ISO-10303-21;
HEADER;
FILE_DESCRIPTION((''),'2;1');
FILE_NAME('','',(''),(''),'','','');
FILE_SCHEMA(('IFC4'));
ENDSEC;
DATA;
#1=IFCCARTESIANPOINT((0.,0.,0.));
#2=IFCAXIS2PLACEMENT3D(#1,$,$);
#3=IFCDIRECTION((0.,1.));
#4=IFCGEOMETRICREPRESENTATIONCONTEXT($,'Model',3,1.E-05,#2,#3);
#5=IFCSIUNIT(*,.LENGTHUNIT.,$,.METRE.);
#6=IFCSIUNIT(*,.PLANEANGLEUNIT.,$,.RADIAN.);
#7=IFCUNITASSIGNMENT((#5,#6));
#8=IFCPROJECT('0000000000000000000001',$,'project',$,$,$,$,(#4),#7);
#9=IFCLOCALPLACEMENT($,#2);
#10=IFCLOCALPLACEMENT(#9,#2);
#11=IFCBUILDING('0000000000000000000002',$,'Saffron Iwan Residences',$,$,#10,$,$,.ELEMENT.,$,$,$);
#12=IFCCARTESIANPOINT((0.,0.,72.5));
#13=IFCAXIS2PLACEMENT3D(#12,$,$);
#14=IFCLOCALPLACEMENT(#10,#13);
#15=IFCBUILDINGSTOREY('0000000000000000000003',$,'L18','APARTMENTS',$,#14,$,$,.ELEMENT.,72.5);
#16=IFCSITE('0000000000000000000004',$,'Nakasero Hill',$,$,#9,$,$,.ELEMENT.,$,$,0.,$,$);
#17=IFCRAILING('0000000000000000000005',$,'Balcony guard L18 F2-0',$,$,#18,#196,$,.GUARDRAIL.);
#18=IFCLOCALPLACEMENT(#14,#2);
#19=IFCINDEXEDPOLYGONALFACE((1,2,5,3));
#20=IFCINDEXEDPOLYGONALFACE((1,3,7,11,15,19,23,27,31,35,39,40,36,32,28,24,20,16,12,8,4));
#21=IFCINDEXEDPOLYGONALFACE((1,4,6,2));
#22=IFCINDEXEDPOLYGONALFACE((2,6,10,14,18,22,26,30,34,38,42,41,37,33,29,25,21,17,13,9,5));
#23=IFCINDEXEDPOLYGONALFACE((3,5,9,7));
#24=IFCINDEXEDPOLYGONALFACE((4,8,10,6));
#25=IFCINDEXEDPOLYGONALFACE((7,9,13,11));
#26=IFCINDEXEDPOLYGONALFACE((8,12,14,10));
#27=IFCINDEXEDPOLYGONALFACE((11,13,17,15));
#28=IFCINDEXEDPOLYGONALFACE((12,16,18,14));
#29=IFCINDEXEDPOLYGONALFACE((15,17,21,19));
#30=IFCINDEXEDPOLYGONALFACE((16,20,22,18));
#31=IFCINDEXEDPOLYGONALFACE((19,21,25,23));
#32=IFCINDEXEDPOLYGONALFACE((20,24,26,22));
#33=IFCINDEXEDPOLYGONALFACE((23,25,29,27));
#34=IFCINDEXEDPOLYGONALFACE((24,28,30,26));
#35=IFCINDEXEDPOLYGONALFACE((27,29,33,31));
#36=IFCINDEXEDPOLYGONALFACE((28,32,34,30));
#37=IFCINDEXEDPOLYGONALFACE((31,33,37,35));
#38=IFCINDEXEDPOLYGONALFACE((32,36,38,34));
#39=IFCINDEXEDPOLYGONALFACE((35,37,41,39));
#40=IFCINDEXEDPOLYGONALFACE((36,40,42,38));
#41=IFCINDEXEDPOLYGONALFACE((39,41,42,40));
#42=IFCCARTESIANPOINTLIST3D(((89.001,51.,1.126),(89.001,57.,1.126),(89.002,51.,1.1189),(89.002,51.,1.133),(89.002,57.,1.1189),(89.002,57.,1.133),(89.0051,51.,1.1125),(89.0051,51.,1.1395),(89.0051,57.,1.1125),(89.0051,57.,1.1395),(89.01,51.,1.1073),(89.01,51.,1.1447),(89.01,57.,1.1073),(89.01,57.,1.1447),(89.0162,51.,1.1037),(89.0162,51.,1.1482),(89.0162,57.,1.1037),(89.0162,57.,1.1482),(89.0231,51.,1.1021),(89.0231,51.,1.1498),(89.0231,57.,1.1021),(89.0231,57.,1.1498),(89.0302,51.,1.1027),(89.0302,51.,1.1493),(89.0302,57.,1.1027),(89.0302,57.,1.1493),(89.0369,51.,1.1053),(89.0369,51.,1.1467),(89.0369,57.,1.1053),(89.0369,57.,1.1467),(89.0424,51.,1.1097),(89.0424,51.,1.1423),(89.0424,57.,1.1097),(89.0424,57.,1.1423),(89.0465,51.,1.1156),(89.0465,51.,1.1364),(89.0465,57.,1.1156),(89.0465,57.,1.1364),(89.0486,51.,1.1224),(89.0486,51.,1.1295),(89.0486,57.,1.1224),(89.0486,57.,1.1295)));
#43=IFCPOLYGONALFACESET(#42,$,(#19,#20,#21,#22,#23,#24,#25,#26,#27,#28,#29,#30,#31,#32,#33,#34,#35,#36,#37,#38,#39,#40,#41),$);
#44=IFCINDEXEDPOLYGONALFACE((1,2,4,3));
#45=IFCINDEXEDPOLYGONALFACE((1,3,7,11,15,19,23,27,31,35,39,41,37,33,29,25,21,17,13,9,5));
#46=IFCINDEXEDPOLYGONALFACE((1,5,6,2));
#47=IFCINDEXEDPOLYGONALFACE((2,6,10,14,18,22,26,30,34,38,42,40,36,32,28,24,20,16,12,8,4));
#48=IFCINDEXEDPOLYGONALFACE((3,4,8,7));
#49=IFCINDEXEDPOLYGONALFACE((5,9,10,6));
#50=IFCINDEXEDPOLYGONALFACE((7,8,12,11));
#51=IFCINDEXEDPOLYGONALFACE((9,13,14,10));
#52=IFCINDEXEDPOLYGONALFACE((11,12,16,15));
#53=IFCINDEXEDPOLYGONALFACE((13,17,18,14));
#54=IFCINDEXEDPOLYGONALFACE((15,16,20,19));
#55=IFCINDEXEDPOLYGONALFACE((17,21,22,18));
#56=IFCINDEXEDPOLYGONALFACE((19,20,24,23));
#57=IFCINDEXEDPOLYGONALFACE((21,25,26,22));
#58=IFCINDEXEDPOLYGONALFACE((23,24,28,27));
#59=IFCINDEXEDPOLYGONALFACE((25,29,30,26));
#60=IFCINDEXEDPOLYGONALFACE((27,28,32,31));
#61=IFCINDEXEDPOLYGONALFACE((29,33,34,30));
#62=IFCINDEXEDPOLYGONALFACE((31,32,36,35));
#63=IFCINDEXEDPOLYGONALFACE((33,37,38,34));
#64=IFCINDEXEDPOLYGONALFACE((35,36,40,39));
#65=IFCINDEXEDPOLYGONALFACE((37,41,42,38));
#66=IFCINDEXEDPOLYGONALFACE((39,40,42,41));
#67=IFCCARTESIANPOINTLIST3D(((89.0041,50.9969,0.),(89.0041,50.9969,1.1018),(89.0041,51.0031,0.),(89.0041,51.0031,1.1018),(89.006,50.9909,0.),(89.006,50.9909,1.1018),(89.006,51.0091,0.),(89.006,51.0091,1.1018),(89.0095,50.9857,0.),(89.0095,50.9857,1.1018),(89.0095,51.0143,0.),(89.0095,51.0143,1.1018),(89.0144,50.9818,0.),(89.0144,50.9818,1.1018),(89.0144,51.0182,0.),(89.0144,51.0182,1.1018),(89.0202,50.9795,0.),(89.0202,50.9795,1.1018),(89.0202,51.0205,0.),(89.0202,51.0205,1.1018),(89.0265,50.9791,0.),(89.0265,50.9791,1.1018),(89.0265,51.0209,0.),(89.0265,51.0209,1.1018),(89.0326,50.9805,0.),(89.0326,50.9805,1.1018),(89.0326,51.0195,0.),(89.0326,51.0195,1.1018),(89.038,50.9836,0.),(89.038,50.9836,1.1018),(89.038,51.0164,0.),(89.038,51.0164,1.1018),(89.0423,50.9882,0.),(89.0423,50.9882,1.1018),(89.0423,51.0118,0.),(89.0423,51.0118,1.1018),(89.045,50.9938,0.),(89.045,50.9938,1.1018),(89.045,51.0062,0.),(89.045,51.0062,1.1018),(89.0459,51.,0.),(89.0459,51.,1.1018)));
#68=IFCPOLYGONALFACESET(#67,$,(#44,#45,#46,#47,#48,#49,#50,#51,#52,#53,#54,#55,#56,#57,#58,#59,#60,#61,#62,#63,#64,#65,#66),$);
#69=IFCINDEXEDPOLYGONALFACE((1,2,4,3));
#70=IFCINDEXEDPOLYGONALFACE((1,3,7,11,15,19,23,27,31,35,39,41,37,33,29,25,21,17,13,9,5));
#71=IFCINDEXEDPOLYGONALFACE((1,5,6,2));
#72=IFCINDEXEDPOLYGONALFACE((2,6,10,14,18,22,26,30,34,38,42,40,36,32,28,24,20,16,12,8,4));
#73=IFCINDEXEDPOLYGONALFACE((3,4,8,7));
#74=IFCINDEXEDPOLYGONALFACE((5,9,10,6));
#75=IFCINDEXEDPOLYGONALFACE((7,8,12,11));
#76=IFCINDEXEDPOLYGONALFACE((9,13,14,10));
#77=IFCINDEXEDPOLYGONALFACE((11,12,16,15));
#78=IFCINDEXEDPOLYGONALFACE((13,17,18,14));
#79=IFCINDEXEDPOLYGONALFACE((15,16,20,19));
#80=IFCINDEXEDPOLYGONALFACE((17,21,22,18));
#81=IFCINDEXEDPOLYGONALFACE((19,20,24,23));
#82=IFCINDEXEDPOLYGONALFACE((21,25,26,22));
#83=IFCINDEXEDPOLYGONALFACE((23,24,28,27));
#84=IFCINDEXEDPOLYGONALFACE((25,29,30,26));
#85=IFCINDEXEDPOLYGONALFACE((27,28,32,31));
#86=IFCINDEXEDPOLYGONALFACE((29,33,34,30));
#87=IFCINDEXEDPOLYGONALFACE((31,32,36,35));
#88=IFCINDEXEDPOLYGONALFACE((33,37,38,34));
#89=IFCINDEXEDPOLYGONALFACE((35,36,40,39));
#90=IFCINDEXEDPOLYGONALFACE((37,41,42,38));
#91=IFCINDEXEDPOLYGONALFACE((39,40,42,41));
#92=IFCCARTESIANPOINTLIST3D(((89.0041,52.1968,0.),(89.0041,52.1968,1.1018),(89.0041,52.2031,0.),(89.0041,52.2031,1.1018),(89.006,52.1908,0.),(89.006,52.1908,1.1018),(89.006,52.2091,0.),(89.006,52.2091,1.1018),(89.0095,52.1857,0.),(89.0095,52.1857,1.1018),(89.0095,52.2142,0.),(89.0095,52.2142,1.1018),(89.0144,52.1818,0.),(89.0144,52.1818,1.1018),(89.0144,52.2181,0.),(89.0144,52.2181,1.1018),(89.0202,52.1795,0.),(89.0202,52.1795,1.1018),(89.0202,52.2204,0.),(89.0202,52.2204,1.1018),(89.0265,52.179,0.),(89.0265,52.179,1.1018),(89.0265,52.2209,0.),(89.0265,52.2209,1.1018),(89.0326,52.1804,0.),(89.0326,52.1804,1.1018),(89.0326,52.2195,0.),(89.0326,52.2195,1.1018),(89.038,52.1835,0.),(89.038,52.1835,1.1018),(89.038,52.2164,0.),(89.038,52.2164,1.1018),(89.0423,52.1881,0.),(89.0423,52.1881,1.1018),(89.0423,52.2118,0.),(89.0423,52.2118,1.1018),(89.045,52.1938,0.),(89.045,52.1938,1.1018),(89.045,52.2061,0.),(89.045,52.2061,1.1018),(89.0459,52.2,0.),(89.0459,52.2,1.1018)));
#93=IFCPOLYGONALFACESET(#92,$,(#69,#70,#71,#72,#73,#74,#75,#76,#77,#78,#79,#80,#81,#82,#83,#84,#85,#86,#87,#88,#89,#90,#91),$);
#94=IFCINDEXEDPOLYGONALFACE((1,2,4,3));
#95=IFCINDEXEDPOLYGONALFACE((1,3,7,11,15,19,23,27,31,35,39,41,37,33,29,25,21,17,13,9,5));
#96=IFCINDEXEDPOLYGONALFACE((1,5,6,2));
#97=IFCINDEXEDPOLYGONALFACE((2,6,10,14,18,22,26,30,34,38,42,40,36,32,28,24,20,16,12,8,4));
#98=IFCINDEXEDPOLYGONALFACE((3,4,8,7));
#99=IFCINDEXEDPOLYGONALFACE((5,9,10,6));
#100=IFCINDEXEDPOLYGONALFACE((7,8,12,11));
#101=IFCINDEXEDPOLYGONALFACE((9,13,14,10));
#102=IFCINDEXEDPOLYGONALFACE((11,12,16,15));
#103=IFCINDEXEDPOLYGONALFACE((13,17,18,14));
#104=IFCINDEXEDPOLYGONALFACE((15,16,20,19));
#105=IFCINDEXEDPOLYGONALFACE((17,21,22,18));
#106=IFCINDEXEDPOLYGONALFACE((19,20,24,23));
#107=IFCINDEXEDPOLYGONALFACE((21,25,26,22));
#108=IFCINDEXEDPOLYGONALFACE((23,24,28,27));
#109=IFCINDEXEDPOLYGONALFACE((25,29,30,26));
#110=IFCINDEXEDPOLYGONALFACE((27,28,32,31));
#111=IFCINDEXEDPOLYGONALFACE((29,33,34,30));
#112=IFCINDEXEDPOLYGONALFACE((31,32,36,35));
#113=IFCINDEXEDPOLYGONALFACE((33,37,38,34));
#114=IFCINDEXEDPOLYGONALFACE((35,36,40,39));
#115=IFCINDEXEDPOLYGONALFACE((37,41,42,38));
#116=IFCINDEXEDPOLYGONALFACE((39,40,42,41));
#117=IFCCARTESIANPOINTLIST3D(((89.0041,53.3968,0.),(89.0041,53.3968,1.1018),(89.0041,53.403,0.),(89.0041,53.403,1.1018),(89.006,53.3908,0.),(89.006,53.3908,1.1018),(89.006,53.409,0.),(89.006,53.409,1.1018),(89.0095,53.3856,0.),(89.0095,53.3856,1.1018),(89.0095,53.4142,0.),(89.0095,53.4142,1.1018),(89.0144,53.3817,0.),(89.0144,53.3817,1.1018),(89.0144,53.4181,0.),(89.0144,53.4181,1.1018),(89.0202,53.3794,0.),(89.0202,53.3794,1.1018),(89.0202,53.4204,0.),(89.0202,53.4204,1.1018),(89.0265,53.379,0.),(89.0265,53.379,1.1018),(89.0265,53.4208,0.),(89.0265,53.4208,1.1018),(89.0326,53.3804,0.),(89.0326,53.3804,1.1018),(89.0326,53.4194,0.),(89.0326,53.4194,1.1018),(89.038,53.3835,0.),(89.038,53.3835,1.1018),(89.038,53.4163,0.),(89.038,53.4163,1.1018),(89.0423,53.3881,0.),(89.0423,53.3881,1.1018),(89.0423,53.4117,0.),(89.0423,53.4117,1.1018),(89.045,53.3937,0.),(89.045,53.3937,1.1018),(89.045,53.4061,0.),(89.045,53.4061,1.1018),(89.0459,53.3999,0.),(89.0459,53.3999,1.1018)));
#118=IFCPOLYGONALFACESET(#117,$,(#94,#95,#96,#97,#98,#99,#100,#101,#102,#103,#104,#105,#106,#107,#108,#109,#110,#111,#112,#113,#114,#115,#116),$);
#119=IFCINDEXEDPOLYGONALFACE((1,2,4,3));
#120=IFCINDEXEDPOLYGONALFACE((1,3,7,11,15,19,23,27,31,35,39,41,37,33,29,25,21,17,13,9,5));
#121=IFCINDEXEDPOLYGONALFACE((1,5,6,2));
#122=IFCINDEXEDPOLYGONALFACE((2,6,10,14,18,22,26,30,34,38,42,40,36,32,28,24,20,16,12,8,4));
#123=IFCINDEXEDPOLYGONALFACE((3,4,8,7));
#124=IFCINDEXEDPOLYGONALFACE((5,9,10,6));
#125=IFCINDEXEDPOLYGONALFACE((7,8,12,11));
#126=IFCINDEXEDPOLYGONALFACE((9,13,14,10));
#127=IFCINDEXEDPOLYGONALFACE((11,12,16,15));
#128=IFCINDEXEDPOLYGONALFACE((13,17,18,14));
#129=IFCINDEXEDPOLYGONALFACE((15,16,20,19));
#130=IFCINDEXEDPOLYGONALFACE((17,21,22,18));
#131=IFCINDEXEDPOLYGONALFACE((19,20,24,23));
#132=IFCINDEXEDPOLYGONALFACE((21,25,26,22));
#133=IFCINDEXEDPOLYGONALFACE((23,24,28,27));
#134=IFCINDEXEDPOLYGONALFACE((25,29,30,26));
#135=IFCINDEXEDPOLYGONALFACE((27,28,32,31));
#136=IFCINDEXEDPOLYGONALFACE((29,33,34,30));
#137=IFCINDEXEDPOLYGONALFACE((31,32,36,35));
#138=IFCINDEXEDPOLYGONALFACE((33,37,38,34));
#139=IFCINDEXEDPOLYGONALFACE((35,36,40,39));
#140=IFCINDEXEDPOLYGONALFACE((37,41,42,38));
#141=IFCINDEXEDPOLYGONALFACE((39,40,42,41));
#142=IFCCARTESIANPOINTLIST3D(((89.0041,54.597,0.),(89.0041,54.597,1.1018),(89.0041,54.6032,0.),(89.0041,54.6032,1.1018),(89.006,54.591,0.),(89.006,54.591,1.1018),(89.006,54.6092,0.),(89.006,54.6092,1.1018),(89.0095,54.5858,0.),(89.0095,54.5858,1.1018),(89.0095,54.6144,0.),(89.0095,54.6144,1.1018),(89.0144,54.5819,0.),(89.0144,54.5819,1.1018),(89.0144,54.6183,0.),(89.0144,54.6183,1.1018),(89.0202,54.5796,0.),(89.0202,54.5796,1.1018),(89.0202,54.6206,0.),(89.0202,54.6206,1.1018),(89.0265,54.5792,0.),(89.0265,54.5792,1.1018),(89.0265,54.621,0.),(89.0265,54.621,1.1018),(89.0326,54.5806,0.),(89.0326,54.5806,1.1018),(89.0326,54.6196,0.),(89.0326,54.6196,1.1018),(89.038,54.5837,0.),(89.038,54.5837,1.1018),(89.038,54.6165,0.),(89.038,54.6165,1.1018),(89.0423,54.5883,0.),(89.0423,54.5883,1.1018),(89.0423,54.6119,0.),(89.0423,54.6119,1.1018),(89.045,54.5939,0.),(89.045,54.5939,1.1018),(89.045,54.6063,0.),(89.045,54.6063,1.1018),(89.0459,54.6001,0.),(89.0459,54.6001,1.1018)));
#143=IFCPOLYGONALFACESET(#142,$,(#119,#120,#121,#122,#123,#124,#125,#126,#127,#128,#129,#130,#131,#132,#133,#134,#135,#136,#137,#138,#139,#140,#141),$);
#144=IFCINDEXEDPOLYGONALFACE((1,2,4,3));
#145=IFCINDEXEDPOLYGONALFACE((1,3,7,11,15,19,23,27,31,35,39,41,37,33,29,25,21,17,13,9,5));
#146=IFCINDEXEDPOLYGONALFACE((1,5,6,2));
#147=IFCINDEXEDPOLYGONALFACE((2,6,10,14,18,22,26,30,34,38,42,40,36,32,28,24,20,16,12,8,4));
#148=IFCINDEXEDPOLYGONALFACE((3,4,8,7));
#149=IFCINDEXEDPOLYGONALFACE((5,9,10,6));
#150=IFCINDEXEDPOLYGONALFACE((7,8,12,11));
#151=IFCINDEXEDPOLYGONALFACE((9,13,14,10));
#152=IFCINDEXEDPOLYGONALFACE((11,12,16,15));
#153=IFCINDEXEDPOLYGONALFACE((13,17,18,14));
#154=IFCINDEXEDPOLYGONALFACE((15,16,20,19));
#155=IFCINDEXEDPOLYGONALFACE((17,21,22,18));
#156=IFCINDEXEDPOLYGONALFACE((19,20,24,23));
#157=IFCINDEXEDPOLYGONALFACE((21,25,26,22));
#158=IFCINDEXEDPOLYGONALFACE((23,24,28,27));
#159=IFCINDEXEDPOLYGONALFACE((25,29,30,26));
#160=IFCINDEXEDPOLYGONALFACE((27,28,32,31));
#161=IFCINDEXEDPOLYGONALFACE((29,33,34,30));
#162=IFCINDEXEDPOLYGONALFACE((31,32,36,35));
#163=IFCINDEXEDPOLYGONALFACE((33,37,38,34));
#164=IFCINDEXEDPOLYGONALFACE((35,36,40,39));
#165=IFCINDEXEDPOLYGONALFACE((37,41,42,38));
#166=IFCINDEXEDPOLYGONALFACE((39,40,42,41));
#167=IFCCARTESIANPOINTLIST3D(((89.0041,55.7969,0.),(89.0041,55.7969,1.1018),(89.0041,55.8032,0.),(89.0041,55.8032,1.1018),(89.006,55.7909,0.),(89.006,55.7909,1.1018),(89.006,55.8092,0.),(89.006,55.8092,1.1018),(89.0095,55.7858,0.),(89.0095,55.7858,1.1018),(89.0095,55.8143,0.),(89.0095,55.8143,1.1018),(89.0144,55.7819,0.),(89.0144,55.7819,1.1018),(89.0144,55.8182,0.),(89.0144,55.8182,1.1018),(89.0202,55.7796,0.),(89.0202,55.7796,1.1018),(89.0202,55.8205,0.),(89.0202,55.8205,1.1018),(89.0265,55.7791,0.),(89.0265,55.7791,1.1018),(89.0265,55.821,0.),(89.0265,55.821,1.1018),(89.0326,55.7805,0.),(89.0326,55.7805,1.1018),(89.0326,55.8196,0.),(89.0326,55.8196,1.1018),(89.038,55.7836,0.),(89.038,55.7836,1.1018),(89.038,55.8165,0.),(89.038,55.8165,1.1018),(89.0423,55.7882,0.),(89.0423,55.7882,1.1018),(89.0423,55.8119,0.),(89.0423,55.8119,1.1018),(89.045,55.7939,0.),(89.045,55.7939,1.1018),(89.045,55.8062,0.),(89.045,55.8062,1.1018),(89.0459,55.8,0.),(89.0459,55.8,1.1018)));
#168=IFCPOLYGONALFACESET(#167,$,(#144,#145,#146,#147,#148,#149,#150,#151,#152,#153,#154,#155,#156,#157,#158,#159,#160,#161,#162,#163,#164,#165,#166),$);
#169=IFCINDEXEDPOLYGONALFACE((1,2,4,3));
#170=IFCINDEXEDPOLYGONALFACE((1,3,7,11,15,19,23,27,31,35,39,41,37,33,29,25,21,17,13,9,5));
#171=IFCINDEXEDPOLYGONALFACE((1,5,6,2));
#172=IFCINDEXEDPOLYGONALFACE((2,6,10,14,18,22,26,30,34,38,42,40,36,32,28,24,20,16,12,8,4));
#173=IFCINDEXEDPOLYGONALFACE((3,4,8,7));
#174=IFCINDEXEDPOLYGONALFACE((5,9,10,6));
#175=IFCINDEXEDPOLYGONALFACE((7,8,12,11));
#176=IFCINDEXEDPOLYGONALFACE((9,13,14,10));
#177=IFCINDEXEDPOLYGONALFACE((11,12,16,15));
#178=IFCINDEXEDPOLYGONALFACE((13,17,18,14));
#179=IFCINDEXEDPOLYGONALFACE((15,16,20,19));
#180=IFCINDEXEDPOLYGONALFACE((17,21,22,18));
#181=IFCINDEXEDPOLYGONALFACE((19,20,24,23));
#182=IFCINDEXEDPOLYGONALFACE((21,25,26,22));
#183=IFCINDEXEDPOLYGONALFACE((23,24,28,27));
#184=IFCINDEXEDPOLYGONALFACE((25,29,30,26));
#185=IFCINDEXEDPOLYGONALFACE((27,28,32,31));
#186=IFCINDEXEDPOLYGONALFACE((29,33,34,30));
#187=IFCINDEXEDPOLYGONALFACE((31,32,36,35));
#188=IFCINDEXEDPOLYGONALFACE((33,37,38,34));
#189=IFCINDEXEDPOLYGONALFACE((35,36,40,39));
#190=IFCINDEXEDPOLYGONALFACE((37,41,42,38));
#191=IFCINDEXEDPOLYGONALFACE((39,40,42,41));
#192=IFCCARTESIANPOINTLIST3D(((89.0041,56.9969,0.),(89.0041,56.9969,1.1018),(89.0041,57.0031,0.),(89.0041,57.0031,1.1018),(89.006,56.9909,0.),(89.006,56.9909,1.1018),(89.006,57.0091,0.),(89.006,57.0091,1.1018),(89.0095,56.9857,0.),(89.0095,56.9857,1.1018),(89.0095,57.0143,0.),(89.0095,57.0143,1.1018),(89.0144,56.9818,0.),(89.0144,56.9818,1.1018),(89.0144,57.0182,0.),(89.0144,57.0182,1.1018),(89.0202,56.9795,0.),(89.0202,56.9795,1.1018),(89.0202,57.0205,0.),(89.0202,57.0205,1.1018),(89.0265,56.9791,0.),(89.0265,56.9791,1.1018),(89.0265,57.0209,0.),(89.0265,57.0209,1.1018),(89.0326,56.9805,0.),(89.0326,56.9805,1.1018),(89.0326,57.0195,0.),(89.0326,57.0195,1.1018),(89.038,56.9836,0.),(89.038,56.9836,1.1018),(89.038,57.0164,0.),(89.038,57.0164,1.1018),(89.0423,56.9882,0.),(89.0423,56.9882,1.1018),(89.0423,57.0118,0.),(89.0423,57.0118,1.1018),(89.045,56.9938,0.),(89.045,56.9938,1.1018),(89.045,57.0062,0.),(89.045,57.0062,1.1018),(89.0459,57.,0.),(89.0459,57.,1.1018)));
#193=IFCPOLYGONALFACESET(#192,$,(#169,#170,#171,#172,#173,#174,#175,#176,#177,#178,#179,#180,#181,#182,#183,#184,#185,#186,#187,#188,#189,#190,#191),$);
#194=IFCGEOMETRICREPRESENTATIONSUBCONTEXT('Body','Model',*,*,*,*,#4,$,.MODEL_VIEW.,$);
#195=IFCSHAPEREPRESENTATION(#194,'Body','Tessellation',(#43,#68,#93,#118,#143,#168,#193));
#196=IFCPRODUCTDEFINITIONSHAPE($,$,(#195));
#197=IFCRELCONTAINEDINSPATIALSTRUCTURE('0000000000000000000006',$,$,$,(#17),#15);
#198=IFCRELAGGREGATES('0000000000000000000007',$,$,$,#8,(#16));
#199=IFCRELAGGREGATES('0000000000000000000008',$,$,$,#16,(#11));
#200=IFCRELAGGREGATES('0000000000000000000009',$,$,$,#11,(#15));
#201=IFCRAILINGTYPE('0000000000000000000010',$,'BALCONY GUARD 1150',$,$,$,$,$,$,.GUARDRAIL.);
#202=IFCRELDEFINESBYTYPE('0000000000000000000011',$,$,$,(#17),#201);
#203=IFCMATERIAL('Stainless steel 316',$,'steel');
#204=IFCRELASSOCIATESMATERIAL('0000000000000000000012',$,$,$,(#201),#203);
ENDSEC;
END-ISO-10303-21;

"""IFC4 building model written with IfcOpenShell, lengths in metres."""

from ifc_helpers import new_model, si_unit, direction, frame, origin, origin_2d, place, context, subcontext, project, spatial, circle, extrude, material, type_object, element, save


model = new_model("IFC4")

# Units and contexts
model_context = context("Model", 3, precision=1e-05, world=origin(), true_north=direction((0.0, 1.0)))
body_context = subcontext(model_context, "Body", "Model", "MODEL_VIEW")
ifc_project = project(units=[si_unit("LENGTHUNIT", "METRE"), si_unit("PLANEANGLEUNIT", "RADIAN")], contexts=[model_context])

# Site, building, storey
site_placement = place(None, origin())
site = spatial("IfcSite", under=ifc_project, at=site_placement, Name="Nakasero Hill", CompositionType="ELEMENT", RefElevation=0.0)
building_placement = place(site_placement, origin())
building = spatial("IfcBuilding", under=site, at=building_placement, Name="Saffron Iwan Residences", CompositionType="ELEMENT")
storey_placement = place(building_placement, frame((0.0, 0.0, 72.5)))
storey = spatial("IfcBuildingStorey", under=building, at=storey_placement, Name="L18", Description="APARTMENTS", CompositionType="ELEMENT", Elevation=72.5)

# Railing
ifc_material_1 = material(Name="Stainless steel 316", Category="steel")
railing_type = type_object("IfcRailingType", Name="BALCONY GUARD 1150", PredefinedType="GUARDRAIL", material=ifc_material_1)
railing_placement = place(storey_placement, frame((89.0249, 51.0, 0.0)))
element("IfcRailing", 1, at=railing_placement, inside=storey, type_object=railing_type, Name="Balcony guard L18 F2-0", PredefinedType="GUARDRAIL", context=body_context, shape_type="SweptSolid", body=[
    extrude(circle(Radius=0.0239, at=origin_2d()), frame((0.0, 0.0, 1.126), z_axis=(0.0, 1.0, 0.0), x_axis=(-1.0, 0.0, 0.0)), (0.0, 0.0, 1.0), 6.0),
    extrude(circle(Radius=0.021, at=origin_2d()), origin(), (0.0, 0.0, 1.0), 1.1018),
    extrude(circle(Radius=0.021, at=origin_2d()), frame((0.0, 1.2, 0.0)), (0.0, 0.0, 1.0), 1.1018),
    extrude(circle(Radius=0.021, at=origin_2d()), frame((0.0, 2.3999, 0.0)), (0.0, 0.0, 1.0), 1.1018),
    extrude(circle(Radius=0.021, at=origin_2d()), frame((0.0, 3.6001, 0.0)), (0.0, 0.0, 1.0), 1.1018),
    extrude(circle(Radius=0.021, at=origin_2d()), frame((0.0, 4.8, 0.0)), (0.0, 0.0, 1.0), 1.1018),
    extrude(circle(Radius=0.021, at=origin_2d()), frame((0.0, 6.0, 0.0)), (0.0, 0.0, 1.0), 1.1018),
])

save(model, "model.ifc")
